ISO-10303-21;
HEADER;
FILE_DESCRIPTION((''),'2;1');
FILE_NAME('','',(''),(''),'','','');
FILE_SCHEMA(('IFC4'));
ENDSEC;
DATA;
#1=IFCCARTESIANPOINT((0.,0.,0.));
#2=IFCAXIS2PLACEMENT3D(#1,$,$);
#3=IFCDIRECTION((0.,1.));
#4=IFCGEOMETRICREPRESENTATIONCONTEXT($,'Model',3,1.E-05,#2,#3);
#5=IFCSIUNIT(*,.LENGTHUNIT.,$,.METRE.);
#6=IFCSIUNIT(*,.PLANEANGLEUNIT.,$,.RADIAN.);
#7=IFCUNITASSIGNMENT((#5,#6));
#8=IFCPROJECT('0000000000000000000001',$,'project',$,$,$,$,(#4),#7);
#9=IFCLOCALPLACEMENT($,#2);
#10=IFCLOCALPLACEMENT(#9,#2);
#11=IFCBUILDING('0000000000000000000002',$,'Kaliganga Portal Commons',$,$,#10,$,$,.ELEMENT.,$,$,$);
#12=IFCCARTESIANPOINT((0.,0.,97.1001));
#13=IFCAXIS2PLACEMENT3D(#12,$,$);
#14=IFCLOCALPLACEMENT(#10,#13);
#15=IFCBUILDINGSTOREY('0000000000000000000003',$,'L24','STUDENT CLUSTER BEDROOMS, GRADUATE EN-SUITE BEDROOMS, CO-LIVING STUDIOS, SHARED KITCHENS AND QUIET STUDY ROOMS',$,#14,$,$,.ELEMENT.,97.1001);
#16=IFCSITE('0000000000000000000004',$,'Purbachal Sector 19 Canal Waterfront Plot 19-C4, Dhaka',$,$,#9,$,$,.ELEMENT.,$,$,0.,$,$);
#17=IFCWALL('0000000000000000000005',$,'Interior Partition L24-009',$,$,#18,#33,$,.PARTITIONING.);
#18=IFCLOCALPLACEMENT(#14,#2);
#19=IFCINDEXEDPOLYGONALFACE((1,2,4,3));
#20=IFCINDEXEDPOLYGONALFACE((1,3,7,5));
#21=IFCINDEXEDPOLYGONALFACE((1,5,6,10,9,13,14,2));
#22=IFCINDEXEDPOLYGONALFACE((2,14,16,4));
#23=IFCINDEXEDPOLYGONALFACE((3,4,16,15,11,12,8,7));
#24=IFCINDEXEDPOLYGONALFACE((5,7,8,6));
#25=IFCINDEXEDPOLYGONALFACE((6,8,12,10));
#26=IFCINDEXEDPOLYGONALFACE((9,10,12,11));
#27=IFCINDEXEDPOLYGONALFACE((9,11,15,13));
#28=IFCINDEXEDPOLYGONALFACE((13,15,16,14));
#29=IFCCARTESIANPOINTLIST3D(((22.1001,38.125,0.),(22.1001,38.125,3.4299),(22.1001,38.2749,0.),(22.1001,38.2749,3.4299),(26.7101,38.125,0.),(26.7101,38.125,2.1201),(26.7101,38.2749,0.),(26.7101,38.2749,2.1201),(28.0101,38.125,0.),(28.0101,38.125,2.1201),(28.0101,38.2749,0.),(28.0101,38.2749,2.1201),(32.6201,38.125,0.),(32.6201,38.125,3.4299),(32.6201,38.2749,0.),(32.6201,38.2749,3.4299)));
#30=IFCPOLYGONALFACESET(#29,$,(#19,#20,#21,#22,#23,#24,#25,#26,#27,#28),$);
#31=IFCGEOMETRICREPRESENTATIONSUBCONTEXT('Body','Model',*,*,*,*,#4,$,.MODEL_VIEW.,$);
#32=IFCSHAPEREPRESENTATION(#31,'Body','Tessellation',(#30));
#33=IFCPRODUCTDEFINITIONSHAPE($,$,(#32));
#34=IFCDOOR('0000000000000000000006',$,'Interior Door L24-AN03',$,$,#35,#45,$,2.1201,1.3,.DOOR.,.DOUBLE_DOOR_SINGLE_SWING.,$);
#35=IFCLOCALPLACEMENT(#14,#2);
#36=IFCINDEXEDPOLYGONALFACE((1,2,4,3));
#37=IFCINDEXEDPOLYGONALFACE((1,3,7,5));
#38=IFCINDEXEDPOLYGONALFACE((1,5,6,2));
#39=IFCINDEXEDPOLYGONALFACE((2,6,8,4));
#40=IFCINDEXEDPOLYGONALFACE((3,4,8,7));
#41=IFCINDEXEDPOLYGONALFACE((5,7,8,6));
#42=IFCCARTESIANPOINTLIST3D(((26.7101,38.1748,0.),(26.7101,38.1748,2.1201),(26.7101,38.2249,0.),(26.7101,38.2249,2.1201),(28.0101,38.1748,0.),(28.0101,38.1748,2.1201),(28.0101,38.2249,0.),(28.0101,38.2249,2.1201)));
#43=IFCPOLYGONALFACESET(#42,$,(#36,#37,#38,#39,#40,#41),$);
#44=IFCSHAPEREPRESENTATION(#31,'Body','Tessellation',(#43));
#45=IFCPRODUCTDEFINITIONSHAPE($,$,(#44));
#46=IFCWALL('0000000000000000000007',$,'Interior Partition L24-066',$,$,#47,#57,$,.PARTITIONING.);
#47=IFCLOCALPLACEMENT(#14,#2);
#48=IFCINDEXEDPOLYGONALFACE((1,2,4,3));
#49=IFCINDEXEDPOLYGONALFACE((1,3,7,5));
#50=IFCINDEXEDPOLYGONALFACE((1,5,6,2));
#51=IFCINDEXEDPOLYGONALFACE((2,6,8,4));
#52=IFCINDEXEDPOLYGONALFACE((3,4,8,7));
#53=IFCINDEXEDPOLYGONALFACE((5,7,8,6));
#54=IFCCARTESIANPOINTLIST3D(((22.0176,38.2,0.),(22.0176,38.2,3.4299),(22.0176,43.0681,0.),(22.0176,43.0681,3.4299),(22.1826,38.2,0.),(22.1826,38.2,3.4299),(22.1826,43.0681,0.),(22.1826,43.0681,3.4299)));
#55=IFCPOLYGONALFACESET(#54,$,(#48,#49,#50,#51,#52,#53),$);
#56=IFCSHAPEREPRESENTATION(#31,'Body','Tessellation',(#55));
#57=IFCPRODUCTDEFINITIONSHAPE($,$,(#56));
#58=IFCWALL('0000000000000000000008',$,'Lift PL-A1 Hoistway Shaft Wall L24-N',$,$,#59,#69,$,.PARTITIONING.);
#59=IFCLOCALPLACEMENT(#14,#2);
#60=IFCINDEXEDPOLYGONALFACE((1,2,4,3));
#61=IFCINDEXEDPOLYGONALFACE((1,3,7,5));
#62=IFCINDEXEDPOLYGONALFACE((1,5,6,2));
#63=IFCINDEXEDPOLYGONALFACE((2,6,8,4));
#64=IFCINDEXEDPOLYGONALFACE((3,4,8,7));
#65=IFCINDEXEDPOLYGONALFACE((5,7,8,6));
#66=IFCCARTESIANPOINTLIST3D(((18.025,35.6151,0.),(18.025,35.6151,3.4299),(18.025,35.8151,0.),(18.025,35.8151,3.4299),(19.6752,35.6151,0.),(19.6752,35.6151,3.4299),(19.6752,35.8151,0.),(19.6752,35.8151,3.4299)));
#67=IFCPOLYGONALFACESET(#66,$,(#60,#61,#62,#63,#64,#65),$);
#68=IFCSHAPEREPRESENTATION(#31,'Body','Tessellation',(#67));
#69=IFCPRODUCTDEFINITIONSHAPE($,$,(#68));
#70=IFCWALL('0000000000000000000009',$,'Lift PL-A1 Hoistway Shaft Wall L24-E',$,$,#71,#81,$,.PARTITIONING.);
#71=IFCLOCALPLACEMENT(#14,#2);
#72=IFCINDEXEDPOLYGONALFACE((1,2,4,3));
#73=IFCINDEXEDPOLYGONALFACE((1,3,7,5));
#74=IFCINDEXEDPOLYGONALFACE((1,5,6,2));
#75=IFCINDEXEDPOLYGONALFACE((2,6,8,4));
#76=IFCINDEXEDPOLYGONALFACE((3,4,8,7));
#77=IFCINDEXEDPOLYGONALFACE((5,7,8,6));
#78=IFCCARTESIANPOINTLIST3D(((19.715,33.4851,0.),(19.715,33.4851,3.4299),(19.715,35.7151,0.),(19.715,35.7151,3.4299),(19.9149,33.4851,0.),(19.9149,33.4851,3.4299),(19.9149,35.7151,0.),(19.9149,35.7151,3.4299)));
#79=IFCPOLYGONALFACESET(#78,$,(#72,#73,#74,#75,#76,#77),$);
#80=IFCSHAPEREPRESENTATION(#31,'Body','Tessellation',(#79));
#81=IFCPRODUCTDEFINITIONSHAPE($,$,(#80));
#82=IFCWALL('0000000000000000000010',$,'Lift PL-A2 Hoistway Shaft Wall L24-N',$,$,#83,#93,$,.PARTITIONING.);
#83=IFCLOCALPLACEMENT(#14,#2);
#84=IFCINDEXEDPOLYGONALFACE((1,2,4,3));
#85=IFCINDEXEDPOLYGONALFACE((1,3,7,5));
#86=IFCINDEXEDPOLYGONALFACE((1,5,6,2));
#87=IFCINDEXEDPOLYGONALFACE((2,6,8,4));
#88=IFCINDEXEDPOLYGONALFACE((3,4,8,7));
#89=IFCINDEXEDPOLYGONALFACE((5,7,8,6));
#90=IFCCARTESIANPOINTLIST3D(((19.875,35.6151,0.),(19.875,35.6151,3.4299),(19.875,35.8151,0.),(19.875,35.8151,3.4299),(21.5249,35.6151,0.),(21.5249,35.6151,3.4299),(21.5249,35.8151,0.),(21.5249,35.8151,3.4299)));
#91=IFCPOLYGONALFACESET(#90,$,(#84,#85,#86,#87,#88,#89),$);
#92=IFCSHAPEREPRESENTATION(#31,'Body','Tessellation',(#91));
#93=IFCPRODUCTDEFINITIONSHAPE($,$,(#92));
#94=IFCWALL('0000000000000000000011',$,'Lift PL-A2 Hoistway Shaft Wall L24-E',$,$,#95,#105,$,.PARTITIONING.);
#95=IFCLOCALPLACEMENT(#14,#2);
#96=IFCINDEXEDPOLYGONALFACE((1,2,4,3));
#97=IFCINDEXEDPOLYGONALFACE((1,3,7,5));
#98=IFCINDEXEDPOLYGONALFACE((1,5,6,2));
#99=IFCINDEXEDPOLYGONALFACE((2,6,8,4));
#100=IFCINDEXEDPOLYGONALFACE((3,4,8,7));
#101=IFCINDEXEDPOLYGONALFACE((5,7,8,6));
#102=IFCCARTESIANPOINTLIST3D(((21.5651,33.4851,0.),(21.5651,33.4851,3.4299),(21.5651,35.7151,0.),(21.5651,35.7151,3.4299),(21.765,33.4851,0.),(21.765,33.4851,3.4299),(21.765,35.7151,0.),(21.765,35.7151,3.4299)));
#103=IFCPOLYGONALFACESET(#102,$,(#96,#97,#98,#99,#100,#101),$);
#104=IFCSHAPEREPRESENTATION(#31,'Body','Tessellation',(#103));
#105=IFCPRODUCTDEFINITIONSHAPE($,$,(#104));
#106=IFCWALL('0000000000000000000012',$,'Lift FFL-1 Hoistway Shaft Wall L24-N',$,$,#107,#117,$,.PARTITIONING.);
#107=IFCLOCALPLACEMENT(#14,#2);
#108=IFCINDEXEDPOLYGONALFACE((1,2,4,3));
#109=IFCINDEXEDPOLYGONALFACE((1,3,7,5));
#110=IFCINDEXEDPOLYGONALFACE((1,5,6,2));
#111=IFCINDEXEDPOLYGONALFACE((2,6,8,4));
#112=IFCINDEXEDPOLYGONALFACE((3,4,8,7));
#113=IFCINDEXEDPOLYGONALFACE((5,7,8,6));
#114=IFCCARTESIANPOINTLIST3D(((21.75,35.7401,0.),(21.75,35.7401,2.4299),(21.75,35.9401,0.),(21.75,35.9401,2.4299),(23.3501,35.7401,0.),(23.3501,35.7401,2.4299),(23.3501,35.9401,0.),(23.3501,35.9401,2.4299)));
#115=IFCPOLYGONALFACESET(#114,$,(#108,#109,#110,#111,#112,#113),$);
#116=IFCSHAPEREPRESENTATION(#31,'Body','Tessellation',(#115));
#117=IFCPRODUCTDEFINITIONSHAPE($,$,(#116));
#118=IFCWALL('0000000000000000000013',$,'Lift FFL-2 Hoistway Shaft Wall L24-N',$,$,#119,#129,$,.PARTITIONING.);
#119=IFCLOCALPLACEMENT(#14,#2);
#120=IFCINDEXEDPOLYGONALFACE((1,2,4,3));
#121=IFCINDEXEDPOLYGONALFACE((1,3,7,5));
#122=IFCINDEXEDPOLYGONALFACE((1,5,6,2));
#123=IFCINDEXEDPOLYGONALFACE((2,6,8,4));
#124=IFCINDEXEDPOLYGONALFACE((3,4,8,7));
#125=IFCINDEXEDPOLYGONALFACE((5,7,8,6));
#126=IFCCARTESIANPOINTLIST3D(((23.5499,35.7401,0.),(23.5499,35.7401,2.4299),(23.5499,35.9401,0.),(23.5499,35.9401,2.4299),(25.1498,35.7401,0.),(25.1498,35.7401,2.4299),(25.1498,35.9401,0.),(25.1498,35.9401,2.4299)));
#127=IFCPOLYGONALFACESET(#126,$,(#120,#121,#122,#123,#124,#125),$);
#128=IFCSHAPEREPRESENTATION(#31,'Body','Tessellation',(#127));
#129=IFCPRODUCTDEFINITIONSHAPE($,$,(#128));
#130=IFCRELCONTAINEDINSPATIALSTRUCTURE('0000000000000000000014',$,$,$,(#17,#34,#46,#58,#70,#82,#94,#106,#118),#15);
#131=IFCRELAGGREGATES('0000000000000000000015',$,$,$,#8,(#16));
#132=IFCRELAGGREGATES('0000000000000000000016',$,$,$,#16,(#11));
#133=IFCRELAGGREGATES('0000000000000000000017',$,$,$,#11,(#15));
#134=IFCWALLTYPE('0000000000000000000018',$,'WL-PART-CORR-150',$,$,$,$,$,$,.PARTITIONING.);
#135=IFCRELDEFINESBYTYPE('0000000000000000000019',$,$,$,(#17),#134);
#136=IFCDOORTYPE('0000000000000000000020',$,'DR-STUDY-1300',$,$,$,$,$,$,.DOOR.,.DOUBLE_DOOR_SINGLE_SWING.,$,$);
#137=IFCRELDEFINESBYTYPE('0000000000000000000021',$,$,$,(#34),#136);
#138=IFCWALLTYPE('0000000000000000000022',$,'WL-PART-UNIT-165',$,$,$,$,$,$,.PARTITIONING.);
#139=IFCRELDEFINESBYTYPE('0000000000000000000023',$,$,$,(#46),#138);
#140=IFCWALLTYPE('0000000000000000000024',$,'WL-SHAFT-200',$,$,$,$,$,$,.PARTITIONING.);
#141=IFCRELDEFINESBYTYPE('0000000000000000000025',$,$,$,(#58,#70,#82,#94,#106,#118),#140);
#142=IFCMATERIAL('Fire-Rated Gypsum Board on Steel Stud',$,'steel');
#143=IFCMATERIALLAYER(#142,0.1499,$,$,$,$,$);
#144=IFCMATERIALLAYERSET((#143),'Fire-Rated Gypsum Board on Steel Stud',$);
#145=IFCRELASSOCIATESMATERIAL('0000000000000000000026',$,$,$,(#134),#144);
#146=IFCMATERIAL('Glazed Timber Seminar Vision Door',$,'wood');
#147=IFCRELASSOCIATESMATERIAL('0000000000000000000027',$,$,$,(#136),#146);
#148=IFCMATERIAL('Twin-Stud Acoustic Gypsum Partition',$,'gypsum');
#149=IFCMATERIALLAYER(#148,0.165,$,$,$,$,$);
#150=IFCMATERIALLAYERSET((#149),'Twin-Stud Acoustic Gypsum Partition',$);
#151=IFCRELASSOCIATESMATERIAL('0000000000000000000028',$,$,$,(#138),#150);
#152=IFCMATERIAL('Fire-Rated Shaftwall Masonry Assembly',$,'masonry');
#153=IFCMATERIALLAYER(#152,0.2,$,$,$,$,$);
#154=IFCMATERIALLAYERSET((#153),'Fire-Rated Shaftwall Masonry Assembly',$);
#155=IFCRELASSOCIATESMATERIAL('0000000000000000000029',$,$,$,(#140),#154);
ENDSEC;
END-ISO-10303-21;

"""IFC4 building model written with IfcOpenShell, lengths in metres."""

from ifc_helpers import new_model, si_unit, direction, frame, frame_2d, origin, place, context, subcontext, project, spatial, rectangle, extrude, material, layer, layer_set, type_object, element, fill, save


model = new_model("IFC4")

# Units and contexts
model_context = context("Model", 3, precision=1e-05, world=origin(), true_north=direction((0.0, 1.0)))
body_context = subcontext(model_context, "Body", "Model", "MODEL_VIEW")
ifc_project = project(units=[si_unit("LENGTHUNIT", "METRE"), si_unit("PLANEANGLEUNIT", "RADIAN")], contexts=[model_context])

# Site, building, storey
site_placement = place(None, origin())
site = spatial("IfcSite", under=ifc_project, at=site_placement, Name="Purbachal Sector 19 Canal Waterfront Plot 19-C4, Dhaka", CompositionType="ELEMENT", RefElevation=0.0)
building_placement = place(site_placement, origin())
building = spatial("IfcBuilding", under=site, at=building_placement, Name="Kaliganga Portal Commons", CompositionType="ELEMENT")
storey_placement = place(building_placement, frame((0.0, 0.0, 97.1001)))
storey = spatial("IfcBuildingStorey", under=building, at=storey_placement, Name="L24", Description="STUDENT CLUSTER BEDROOMS, GRADUATE EN-SUITE BEDROOMS, CO-LIVING STUDIOS, SHARED KITCHENS AND QUIET STUDY ROOMS", CompositionType="ELEMENT", Elevation=97.1001)

# Wall, opening, door
ifc_material_1 = material(Name="Fire-Rated Gypsum Board on Steel Stud", Category="steel")
ifc_layer_1 = layer(ifc_material_1, 0.1499)
ifc_layer_set_1 = layer_set([ifc_layer_1], Name="Fire-Rated Gypsum Board on Steel Stud")
wall_type_1 = type_object("IfcWallType", Name="WL-PART-CORR-150", PredefinedType="PARTITIONING", material=ifc_layer_set_1)
wall_1_placement = place(storey_placement, frame((22.1001, 38.2, 0.0), z_axis=(0.0, 0.0, 1.0), x_axis=(1.0, 0.0, 0.0)))
wall_1 = element("IfcWall", 1, at=wall_1_placement, inside=storey, type_object=wall_type_1, Name="Interior Partition L24-009", PredefinedType="PARTITIONING", context=body_context, shape_type="SweptSolid", body=[
    extrude(rectangle(XDim=10.52, YDim=0.1499, at=frame_2d((5.26, 0.0))), origin(), (0.0, 0.0, 1.0), 3.4299),
])
opening_1_placement = place(wall_1_placement, frame((4.6101, 0.0, 0.0)))
opening_1 = element("IfcOpeningElement", 2, at=opening_1_placement, cuts=wall_1, PredefinedType="OPENING", context=body_context, shape_type="SweptSolid", body=[
    extrude(rectangle(XDim=1.3, YDim=2.1201, at=frame_2d((0.6499, 1.0601))), frame((0.0, 0.085, 0.0), z_axis=(0.0, -1.0, 0.0), x_axis=(1.0, 0.0, 0.0)), (0.0, 0.0, 1.0), 0.1699),
])
ifc_material_2 = material(Name="Glazed Timber Seminar Vision Door", Category="wood")
door_type_1 = type_object("IfcDoorType", Name="DR-STUDY-1300", OperationType="DOUBLE_DOOR_SINGLE_SWING", PredefinedType="DOOR", material=ifc_material_2)
door_1_placement = place(opening_1_placement, origin())
door_1 = element("IfcDoor", 3, at=door_1_placement, inside=storey, type_object=door_type_1, Name="Interior Door L24-AN03", OperationType="DOUBLE_DOOR_SINGLE_SWING", OverallHeight=2.1201, OverallWidth=1.3, PredefinedType="DOOR", context=body_context, shape_type="SweptSolid", body=[
    extrude(rectangle(XDim=1.3, YDim=2.1201, at=frame_2d((0.6499, 1.0601))), frame((0.0, 0.0249, 0.0), z_axis=(0.0, -1.0, 0.0), x_axis=(1.0, 0.0, 0.0)), (0.0, 0.0, 1.0), 0.05),
])
fill(opening_1, door_1)

# Walls
ifc_material_3 = material(Name="Twin-Stud Acoustic Gypsum Partition", Category="gypsum")
ifc_layer_2 = layer(ifc_material_3, 0.165)
ifc_layer_set_2 = layer_set([ifc_layer_2], Name="Twin-Stud Acoustic Gypsum Partition")
wall_type_2 = type_object("IfcWallType", Name="WL-PART-UNIT-165", PredefinedType="PARTITIONING", material=ifc_layer_set_2)
wall_2_placement = place(storey_placement, frame((22.1001, 38.2, 0.0), z_axis=(0.0, 0.0, 1.0), x_axis=(0.0, 1.0, 0.0)))
element("IfcWall", 4, at=wall_2_placement, inside=storey, type_object=wall_type_2, Name="Interior Partition L24-066", PredefinedType="PARTITIONING", context=body_context, shape_type="SweptSolid", body=[
    extrude(rectangle(XDim=4.8682, YDim=0.165, at=frame_2d((2.4341, 0.0))), origin(), (0.0, 0.0, 1.0), 3.4299),
])
ifc_material_4 = material(Name="Fire-Rated Shaftwall Masonry Assembly", Category="masonry")
ifc_layer_3 = layer(ifc_material_4, 0.2)
ifc_layer_set_3 = layer_set([ifc_layer_3], Name="Fire-Rated Shaftwall Masonry Assembly")
wall_type_3 = type_object("IfcWallType", Name="WL-SHAFT-200", PredefinedType="PARTITIONING", material=ifc_layer_set_3)
wall_3_placement = place(storey_placement, frame((18.0249, 35.7151, 0.0), z_axis=(0.0, 0.0, 1.0), x_axis=(1.0, 0.0, 0.0)))
element("IfcWall", 5, at=wall_3_placement, inside=storey, type_object=wall_type_3, Name="Lift PL-A1 Hoistway Shaft Wall L24-N", PredefinedType="PARTITIONING", context=body_context, shape_type="SweptSolid", body=[
    extrude(rectangle(XDim=1.6501, YDim=0.2, at=frame_2d((0.8252, 0.0))), origin(), (0.0, 0.0, 1.0), 3.4299),
])
wall_4_placement = place(storey_placement, frame((19.8149, 33.4851, 0.0), z_axis=(0.0, 0.0, 1.0), x_axis=(0.0, 1.0, 0.0)))
element("IfcWall", 6, at=wall_4_placement, inside=storey, type_object=wall_type_3, Name="Lift PL-A1 Hoistway Shaft Wall L24-E", PredefinedType="PARTITIONING", context=body_context, shape_type="SweptSolid", body=[
    extrude(rectangle(XDim=2.23, YDim=0.2, at=frame_2d((1.115, 0.0))), origin(), (0.0, 0.0, 1.0), 3.4299),
])

# Walls
wall_5_placement = place(storey_placement, frame((19.875, 35.7151, 0.0), z_axis=(0.0, 0.0, 1.0), x_axis=(1.0, 0.0, 0.0)))
element("IfcWall", 7, at=wall_5_placement, inside=storey, type_object=wall_type_3, Name="Lift PL-A2 Hoistway Shaft Wall L24-N", PredefinedType="PARTITIONING", context=body_context, shape_type="SweptSolid", body=[
    extrude(rectangle(XDim=1.6499, YDim=0.2, at=frame_2d((0.825, 0.0))), origin(), (0.0, 0.0, 1.0), 3.4299),
])
wall_6_placement = place(storey_placement, frame((21.665, 33.4851, 0.0), z_axis=(0.0, 0.0, 1.0), x_axis=(0.0, 1.0, 0.0)))
element("IfcWall", 8, at=wall_6_placement, inside=storey, type_object=wall_type_3, Name="Lift PL-A2 Hoistway Shaft Wall L24-E", PredefinedType="PARTITIONING", context=body_context, shape_type="SweptSolid", body=[
    extrude(rectangle(XDim=2.23, YDim=0.2, at=frame_2d((1.115, 0.0))), origin(), (0.0, 0.0, 1.0), 3.4299),
])
wall_7_placement = place(storey_placement, frame((21.75, 35.8401, 0.0), z_axis=(0.0, 0.0, 1.0), x_axis=(1.0, 0.0, 0.0)))
element("IfcWall", 9, at=wall_7_placement, inside=storey, type_object=wall_type_3, Name="Lift FFL-1 Hoistway Shaft Wall L24-N", PredefinedType="PARTITIONING", context=body_context, shape_type="SweptSolid", body=[
    extrude(rectangle(XDim=1.6001, YDim=0.2, at=frame_2d((0.8, 0.0))), origin(), (0.0, 0.0, 1.0), 2.4299),
])
wall_8_placement = place(storey_placement, frame((23.55, 35.8401, 0.0), z_axis=(0.0, 0.0, 1.0), x_axis=(1.0, 0.0, 0.0)))
element("IfcWall", 10, at=wall_8_placement, inside=storey, type_object=wall_type_3, Name="Lift FFL-2 Hoistway Shaft Wall L24-N", PredefinedType="PARTITIONING", context=body_context, shape_type="SweptSolid", body=[
    extrude(rectangle(XDim=1.5999, YDim=0.2, at=frame_2d((0.7998, 0.0))), origin(), (0.0, 0.0, 1.0), 2.4299),
])

save(model, "model.ifc")
